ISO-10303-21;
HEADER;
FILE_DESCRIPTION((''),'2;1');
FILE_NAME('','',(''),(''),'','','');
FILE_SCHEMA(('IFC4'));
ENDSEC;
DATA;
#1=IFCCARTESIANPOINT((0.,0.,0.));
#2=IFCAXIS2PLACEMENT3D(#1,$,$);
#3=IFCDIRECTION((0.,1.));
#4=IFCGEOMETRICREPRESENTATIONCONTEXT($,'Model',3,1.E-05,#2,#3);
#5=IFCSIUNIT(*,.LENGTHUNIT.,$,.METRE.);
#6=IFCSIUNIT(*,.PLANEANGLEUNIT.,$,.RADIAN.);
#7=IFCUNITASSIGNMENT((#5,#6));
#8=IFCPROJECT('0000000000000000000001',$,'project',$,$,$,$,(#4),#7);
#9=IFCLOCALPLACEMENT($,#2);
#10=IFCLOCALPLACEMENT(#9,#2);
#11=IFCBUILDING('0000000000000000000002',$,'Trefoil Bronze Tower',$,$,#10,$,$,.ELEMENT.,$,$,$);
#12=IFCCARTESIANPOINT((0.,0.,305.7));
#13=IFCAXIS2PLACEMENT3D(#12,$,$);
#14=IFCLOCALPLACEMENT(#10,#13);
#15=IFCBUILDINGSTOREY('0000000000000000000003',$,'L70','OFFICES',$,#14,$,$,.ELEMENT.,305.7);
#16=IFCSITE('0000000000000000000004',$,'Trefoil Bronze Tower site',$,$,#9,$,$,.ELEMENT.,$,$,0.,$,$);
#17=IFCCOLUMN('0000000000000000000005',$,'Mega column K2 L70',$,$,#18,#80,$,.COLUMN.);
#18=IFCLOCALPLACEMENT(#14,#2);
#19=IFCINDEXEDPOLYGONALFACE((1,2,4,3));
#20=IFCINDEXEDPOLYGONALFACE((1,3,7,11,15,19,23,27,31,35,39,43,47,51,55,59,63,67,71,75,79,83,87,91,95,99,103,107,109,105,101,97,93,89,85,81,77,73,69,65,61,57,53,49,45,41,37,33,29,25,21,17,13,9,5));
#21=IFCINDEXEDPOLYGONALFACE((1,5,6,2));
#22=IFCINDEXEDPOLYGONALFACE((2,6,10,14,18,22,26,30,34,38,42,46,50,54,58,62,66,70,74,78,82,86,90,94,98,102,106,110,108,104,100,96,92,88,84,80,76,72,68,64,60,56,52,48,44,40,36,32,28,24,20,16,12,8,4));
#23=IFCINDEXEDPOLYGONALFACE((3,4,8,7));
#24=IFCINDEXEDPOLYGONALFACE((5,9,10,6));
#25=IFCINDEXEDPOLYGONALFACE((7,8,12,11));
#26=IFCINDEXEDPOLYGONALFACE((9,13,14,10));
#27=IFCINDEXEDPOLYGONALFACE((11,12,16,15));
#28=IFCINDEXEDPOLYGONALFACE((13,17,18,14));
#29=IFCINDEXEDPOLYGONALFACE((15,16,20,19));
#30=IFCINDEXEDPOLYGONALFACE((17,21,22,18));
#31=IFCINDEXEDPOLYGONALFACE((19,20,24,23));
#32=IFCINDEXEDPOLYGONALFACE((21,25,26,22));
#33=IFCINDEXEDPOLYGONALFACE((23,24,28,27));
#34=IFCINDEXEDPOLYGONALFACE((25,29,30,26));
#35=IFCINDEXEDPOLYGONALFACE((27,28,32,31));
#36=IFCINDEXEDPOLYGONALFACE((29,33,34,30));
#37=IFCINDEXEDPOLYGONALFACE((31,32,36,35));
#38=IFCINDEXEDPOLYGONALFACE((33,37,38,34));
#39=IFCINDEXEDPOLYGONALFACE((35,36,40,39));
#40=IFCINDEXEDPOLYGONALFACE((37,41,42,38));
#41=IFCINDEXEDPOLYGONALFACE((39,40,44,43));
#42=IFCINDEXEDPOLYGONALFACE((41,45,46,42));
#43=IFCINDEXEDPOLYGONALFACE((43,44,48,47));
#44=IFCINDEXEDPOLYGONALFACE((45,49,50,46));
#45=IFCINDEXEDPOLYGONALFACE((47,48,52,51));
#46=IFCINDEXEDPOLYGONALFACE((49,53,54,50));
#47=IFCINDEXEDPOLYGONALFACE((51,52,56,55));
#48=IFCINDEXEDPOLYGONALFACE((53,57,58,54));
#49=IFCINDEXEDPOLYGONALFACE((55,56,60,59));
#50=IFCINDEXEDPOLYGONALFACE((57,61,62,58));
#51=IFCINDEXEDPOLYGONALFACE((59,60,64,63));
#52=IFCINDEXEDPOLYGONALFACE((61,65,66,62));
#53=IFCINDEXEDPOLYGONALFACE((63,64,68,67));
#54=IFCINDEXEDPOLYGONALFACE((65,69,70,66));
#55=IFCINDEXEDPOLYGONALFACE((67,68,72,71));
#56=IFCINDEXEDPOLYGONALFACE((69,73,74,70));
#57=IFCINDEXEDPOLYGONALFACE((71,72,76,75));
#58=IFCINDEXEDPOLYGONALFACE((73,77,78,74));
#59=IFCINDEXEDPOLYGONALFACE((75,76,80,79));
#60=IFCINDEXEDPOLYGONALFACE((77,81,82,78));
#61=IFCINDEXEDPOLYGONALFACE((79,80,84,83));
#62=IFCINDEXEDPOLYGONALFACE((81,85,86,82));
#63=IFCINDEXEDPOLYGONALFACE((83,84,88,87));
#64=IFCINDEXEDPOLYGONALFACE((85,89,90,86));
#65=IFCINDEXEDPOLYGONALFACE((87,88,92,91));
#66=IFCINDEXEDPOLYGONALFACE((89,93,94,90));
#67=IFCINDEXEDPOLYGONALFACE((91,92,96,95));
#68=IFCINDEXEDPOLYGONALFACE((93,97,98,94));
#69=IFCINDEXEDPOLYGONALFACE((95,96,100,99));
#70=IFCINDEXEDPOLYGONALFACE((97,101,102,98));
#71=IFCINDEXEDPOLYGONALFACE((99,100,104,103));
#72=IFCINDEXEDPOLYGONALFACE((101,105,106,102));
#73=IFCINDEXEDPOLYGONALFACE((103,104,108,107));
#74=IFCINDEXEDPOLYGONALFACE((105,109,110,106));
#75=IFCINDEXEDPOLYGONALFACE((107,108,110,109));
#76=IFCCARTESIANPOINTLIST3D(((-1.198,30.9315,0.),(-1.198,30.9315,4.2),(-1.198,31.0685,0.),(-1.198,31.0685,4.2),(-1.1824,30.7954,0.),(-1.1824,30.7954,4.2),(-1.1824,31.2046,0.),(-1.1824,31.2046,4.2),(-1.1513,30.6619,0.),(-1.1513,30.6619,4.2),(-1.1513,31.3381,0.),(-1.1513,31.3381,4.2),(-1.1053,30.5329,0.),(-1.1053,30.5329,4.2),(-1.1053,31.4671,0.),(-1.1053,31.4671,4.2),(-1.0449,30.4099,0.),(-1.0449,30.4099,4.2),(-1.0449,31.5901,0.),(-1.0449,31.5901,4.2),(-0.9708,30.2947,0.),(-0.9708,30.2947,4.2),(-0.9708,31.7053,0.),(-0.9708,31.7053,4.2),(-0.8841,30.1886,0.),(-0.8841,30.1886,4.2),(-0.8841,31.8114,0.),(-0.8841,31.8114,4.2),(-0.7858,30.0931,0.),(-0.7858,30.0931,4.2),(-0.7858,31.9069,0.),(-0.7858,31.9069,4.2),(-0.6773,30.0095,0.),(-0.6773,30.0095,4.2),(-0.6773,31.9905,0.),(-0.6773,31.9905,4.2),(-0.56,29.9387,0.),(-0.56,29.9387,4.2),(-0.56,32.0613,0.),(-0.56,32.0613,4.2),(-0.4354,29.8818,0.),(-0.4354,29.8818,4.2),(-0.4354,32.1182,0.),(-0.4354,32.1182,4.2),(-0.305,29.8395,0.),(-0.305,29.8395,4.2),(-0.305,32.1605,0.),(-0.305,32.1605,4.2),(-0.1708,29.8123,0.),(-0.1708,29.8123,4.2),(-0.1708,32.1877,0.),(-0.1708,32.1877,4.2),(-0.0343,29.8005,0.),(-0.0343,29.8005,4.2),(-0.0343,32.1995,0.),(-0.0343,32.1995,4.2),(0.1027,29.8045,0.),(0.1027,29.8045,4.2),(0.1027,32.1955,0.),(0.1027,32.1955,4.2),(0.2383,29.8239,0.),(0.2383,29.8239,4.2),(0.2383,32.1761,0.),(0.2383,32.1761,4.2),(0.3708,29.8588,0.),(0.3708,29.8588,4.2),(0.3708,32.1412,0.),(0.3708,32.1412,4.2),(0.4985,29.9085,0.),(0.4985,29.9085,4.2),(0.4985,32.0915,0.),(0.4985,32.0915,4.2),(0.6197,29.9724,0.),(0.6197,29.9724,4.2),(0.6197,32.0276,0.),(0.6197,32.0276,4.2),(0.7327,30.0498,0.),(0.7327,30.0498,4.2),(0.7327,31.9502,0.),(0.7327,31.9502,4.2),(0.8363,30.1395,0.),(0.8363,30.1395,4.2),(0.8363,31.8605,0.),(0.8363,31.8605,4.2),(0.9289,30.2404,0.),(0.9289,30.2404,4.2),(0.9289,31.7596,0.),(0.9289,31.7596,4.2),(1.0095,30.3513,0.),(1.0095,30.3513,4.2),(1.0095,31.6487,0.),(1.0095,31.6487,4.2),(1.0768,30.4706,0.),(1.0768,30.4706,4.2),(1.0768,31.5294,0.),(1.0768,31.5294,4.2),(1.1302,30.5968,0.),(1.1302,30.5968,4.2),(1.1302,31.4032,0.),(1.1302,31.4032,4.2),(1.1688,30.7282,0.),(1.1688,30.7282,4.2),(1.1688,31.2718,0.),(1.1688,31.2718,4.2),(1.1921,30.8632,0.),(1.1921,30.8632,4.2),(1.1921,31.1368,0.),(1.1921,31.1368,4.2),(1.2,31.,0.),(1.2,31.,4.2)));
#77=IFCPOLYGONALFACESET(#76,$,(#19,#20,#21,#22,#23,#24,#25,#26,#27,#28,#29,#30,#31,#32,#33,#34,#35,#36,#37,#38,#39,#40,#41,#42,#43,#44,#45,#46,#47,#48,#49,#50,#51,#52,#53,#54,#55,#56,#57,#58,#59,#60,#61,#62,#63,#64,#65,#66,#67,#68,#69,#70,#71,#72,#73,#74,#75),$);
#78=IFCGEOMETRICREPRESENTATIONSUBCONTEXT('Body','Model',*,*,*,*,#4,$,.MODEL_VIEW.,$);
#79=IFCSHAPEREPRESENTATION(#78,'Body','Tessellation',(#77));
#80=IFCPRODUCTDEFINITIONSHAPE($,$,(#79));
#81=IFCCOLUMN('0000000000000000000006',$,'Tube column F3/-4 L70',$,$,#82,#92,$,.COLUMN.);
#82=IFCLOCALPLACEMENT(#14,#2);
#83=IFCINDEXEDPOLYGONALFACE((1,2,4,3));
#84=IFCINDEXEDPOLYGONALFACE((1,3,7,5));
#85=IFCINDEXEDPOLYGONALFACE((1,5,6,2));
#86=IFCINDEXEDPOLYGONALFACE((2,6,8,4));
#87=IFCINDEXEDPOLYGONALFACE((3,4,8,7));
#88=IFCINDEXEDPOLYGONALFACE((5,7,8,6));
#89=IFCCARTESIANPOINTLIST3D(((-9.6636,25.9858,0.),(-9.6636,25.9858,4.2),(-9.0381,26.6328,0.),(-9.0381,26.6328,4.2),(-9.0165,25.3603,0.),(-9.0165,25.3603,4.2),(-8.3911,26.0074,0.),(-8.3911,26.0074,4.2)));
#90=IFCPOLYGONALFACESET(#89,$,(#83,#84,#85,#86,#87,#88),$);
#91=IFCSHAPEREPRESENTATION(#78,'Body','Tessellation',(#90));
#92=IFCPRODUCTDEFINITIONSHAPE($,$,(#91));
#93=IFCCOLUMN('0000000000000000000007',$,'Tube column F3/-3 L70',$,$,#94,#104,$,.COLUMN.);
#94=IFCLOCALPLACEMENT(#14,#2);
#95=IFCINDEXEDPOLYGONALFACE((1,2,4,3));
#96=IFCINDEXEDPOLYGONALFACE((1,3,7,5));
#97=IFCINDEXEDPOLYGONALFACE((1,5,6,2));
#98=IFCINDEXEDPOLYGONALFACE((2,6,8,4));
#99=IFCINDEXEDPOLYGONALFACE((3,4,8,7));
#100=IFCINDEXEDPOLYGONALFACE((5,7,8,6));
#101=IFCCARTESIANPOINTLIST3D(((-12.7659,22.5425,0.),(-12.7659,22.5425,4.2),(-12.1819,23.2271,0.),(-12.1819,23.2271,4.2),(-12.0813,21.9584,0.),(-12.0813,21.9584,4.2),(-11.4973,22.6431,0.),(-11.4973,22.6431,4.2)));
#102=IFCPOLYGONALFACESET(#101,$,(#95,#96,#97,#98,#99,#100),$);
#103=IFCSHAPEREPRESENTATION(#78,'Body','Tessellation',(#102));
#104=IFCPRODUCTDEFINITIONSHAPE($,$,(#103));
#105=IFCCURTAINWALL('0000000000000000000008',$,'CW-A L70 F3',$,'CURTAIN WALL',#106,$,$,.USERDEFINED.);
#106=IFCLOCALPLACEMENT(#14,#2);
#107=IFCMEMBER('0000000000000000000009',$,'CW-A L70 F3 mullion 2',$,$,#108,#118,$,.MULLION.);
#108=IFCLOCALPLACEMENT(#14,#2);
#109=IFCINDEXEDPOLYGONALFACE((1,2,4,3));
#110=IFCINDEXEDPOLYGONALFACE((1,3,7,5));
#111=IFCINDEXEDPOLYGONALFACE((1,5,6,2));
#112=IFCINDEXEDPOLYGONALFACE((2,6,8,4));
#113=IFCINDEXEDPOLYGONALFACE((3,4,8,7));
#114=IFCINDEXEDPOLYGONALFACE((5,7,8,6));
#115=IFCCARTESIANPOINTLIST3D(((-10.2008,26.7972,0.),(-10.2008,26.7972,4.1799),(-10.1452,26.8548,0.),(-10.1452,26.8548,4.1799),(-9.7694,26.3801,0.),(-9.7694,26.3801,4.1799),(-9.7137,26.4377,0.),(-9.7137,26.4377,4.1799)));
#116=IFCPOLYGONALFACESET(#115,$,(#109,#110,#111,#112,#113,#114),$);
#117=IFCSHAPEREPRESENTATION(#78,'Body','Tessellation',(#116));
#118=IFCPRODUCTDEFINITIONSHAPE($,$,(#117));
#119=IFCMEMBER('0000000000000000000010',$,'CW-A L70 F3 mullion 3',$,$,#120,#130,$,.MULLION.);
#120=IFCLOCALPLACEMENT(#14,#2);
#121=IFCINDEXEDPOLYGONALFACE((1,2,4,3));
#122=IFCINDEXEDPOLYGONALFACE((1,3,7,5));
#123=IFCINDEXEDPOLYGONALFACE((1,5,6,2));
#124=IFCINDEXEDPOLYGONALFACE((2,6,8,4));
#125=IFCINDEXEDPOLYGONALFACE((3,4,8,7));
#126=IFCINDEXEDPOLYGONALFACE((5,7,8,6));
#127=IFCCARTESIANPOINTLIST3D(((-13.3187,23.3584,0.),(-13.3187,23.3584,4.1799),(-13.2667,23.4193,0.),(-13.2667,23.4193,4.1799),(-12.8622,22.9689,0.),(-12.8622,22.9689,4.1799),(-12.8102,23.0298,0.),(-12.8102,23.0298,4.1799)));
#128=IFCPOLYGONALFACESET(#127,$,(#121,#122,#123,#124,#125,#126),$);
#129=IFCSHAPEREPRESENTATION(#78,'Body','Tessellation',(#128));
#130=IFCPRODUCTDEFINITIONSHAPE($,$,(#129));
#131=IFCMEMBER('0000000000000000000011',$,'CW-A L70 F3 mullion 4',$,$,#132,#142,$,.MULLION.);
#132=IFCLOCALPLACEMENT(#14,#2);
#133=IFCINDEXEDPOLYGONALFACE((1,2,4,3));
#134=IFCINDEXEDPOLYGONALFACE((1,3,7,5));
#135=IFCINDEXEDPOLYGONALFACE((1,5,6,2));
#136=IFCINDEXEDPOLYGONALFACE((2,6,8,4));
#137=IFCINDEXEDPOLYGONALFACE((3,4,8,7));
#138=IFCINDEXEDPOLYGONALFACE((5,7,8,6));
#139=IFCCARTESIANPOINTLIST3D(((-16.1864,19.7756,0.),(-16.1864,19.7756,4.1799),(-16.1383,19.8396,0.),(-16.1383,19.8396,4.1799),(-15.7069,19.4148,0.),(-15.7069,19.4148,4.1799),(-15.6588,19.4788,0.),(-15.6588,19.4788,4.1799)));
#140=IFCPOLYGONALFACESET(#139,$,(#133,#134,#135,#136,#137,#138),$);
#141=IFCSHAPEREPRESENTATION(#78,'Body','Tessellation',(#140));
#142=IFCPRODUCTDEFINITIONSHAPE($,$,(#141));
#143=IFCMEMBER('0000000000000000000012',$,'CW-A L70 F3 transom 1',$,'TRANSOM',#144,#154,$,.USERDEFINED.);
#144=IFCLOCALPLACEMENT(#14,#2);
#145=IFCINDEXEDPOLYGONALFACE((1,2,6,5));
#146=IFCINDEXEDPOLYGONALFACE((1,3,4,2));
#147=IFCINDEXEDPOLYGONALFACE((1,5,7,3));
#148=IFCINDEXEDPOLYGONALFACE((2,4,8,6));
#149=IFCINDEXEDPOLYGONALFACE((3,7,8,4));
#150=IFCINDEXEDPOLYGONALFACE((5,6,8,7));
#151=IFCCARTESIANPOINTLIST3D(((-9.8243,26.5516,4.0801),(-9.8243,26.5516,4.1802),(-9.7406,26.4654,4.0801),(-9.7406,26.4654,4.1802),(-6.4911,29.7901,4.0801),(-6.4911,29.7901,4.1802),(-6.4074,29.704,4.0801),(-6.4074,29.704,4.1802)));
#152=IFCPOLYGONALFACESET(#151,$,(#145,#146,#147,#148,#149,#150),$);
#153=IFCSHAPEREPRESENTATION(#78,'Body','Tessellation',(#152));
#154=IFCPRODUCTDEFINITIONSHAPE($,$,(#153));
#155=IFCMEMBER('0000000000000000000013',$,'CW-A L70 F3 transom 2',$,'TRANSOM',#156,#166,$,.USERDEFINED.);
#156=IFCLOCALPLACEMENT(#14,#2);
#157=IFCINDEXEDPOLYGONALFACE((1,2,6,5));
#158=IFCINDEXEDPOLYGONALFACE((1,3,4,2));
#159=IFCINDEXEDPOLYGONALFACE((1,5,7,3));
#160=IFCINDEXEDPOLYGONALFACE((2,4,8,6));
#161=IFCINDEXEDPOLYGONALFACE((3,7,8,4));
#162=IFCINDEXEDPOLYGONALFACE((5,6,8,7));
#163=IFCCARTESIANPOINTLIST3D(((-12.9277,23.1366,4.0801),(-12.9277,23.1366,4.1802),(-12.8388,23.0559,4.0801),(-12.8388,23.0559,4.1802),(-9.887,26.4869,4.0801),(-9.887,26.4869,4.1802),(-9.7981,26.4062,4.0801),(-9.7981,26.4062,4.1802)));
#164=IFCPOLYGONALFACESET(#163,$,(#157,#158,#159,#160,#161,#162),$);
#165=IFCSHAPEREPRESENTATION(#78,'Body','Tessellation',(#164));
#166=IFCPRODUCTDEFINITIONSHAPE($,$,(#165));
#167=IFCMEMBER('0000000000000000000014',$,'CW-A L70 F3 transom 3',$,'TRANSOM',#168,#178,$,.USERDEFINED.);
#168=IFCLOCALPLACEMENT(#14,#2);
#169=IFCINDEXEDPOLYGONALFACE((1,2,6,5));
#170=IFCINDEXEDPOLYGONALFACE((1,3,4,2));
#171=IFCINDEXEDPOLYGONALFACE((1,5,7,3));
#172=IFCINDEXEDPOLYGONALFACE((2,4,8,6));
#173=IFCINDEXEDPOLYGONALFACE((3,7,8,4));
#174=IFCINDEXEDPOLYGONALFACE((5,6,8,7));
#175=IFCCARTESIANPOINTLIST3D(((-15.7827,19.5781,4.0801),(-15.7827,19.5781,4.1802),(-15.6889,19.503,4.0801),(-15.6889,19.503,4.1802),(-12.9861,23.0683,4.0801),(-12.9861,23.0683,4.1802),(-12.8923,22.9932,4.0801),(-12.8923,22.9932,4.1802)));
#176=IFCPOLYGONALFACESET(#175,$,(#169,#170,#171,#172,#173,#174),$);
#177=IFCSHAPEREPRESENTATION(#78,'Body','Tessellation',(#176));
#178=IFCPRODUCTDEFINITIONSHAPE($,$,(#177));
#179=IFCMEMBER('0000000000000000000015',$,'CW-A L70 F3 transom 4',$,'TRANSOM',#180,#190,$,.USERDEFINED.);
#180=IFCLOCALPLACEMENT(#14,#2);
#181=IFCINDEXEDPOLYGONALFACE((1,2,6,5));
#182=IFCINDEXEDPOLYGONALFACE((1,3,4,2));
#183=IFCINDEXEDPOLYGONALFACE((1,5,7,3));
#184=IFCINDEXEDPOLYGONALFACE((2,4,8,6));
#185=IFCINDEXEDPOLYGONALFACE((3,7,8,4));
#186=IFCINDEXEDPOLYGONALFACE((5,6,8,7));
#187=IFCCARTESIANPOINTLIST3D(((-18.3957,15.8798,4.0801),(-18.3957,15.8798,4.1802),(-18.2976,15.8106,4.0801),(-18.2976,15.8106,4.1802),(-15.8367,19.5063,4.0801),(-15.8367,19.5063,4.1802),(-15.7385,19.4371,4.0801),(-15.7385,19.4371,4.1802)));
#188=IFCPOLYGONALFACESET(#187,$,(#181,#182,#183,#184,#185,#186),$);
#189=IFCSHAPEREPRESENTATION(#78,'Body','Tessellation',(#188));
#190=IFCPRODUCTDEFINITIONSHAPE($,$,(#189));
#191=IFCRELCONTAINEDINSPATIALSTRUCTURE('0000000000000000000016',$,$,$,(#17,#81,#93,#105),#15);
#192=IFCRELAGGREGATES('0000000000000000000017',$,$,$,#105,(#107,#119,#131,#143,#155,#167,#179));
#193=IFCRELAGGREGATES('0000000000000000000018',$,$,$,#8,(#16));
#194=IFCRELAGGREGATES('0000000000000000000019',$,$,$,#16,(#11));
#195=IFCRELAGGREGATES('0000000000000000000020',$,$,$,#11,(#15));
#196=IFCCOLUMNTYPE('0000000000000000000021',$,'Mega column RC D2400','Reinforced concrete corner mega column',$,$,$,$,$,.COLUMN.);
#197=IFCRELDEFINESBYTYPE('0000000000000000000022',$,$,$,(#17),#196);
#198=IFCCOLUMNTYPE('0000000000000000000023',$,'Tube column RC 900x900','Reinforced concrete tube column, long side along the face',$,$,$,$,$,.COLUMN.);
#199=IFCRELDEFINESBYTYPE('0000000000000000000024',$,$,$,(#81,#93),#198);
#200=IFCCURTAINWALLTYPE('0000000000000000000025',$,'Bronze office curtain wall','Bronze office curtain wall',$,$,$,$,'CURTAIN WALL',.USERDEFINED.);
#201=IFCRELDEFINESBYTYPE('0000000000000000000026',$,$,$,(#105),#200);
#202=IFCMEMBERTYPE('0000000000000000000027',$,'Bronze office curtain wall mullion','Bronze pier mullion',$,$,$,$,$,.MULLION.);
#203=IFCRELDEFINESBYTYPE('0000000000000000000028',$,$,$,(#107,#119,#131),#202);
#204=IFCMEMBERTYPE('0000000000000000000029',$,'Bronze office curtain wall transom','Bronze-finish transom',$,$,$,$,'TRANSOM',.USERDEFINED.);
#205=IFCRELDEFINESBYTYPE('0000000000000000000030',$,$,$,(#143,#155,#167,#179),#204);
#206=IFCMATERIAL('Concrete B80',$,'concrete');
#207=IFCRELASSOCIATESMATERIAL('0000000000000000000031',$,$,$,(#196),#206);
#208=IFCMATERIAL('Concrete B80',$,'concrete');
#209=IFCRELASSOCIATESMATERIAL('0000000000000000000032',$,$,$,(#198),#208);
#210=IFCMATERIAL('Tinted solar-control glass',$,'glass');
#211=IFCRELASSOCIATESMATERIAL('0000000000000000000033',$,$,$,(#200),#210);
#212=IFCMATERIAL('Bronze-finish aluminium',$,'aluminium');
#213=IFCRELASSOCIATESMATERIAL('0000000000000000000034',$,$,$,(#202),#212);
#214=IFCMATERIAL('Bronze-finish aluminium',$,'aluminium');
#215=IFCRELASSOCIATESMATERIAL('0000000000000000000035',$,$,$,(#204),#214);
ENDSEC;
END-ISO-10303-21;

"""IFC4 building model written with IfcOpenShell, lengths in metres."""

from ifc_helpers import new_model, si_unit, direction, frame, origin, origin_2d, place, context, subcontext, project, spatial, rectangle, circle, extrude, material, material_profile, profile_set, type_object, element, aggregate, save


model = new_model("IFC4")

# Units and contexts
model_context = context("Model", 3, precision=1e-05, world=origin(), true_north=direction((0.0, 1.0)))
body_context = subcontext(model_context, "Body", "Model", "MODEL_VIEW")
ifc_project = project(units=[si_unit("LENGTHUNIT", "METRE"), si_unit("PLANEANGLEUNIT", "RADIAN")], contexts=[model_context])

# Site, building, storey
site_placement = place(None, origin())
site = spatial("IfcSite", under=ifc_project, at=site_placement, Name="Trefoil Bronze Tower site", CompositionType="ELEMENT", RefElevation=0.0)
building_placement = place(site_placement, origin())
building = spatial("IfcBuilding", under=site, at=building_placement, Name="Trefoil Bronze Tower", CompositionType="ELEMENT")
storey_placement = place(building_placement, frame((0.0, 0.0, 305.7)))
storey = spatial("IfcBuildingStorey", under=building, at=storey_placement, Name="L70", Description="OFFICES", CompositionType="ELEMENT", Elevation=305.7)

# Columns
ifc_material_1 = material(Name="Concrete B80", Category="concrete")
ifc_material_profile_1 = material_profile(ifc_material_1, circle(Radius=1.2, at=origin_2d()), Name="RC D2400")
ifc_profile_set_1 = profile_set([ifc_material_profile_1], Name="Concrete B80")
column_type_1 = type_object("IfcColumnType", Name="Mega column RC D2400", Description="Reinforced concrete corner mega column", PredefinedType="COLUMN", material=ifc_profile_set_1)
column_placement = place(storey_placement, frame((0.0, 31.0, 0.0), z_axis=(0.0, 0.0, 1.0), x_axis=(1.0, 0.0, 0.0)))
element("IfcColumn", 1, at=column_placement, inside=storey, type_object=column_type_1, Name="Mega column K2 L70", PredefinedType="COLUMN", context=body_context, shape_type="SweptSolid", body=[
    extrude(circle(Radius=1.2, at=origin_2d()), origin(), (0.0, 0.0, 1.0), 4.2),
])
ifc_material_2 = material(Name="Concrete B80", Category="concrete")
ifc_material_profile_2 = material_profile(ifc_material_2, rectangle(XDim=0.8999, YDim=0.8999, at=origin_2d()), Name="RC 900x900")
ifc_profile_set_2 = profile_set([ifc_material_profile_2], Name="Concrete B80")
column_type_2 = type_object("IfcColumnType", Name="Tube column RC 900x900", Description="Reinforced concrete tube column, long side along the face", PredefinedType="COLUMN", material=ifc_profile_set_2)
for number, where, z_axis, x_axis, name in (
    (2, (-9.0273, 25.9966, 0.0), (0.0, 0.0, 1.0), (-0.695009, -0.719001, 0.0), "Tube column F3/-4 L70"),
    (3, (-12.1316, 22.5928, 0.0), (0.0, 0.0, 1.0), (-0.649008, -0.760781, 0.0), "Tube column F3/-3 L70"),
):
    element("IfcColumn", number, at=place(storey_placement, frame(where, z_axis=z_axis, x_axis=x_axis)), inside=storey, type_object=column_type_2, Name=name, PredefinedType="COLUMN", context=body_context, shape_type="SweptSolid", body=[
        extrude(rectangle(XDim=0.8999, YDim=0.8999, at=origin_2d()), origin(), (0.0, 0.0, 1.0), 4.2),
    ])

# Curtain wall, members
ifc_material_3 = material(Name="Tinted solar-control glass", Category="glass")
curtain_wall_type_1 = type_object("IfcCurtainWallType", Name="Bronze office curtain wall", Description="Bronze office curtain wall", ElementType="CURTAIN WALL", PredefinedType="USERDEFINED", material=ifc_material_3)
curtain_wall_1_placement = place(storey_placement, origin())
curtain_wall_1 = element("IfcCurtainWall", 4, at=curtain_wall_1_placement, inside=storey, type_object=curtain_wall_type_1, Name="CW-A L70 F3", ObjectType="CURTAIN WALL", PredefinedType="USERDEFINED")
ifc_material_4 = material(Name="Bronze-finish aluminium", Category="aluminium")
ifc_material_profile_3 = material_profile(ifc_material_4, rectangle(XDim=0.6001, YDim=0.0801, at=origin_2d()), Name="CW-A mullion")
ifc_profile_set_3 = profile_set([ifc_material_profile_3], Name="Bronze-finish aluminium")
member_type_1 = type_object("IfcMemberType", Name="Bronze office curtain wall mullion", Description="Bronze pier mullion", PredefinedType="MULLION", material=ifc_profile_set_3)
member_1_placement = place(storey_placement, frame((-9.9573, 26.6174, 0.0), z_axis=(0.0, 0.0, 1.0), x_axis=(0.719001, -0.695009, 0.0)))
member_1 = element("IfcMember", 5, at=member_1_placement, type_object=member_type_1, Name="CW-A L70 F3 mullion 2", PredefinedType="MULLION", context=body_context, shape_type="SweptSolid", body=[
    extrude(rectangle(XDim=0.6001, YDim=0.0801, at=origin_2d()), origin(), (0.0, 0.0, 1.0), 4.1799),
])
member_2_placement = place(storey_placement, frame((-13.0645, 23.1941, 0.0), z_axis=(0.0, 0.0, 1.0), x_axis=(0.760781, -0.649008, 0.0)))
member_2 = element("IfcMember", 6, at=member_2_placement, type_object=member_type_1, Name="CW-A L70 F3 mullion 3", PredefinedType="MULLION", context=body_context, shape_type="SweptSolid", body=[
    extrude(rectangle(XDim=0.6001, YDim=0.0801, at=origin_2d()), origin(), (0.0, 0.0, 1.0), 4.1799),
])
member_3_placement = place(storey_placement, frame((-15.9226, 19.6272, 0.0), z_axis=(0.0, 0.0, 1.0), x_axis=(0.799096, -0.601203, 0.0)))
member_3 = element("IfcMember", 7, at=member_3_placement, type_object=member_type_1, Name="CW-A L70 F3 mullion 4", PredefinedType="MULLION", context=body_context, shape_type="SweptSolid", body=[
    extrude(rectangle(XDim=0.6001, YDim=0.0801, at=origin_2d()), origin(), (0.0, 0.0, 1.0), 4.1799),
])
ifc_material_5 = material(Name="Bronze-finish aluminium", Category="aluminium")
ifc_material_profile_4 = material_profile(ifc_material_5, rectangle(XDim=0.1201, YDim=0.1001, at=origin_2d()), Name="CW-A transom")
ifc_profile_set_4 = profile_set([ifc_material_profile_4], Name="Bronze-finish aluminium")
member_type_2 = type_object("IfcMemberType", Name="Bronze office curtain wall transom", Description="Bronze-finish transom", ElementType="TRANSOM", PredefinedType="USERDEFINED", material=ifc_profile_set_4)
member_4_placement = place(storey_placement, frame((-6.4492, 29.7471, 4.1301), z_axis=(-0.717225, -0.696842, 0.0), x_axis=(0.696842, -0.717225, 0.0)))
member_4 = element("IfcMember", 8, at=member_4_placement, type_object=member_type_2, Name="CW-A L70 F3 transom 1", ObjectType="TRANSOM", PredefinedType="USERDEFINED", context=body_context, shape_type="SweptSolid", body=[
    extrude(rectangle(XDim=0.1201, YDim=0.1001, at=origin_2d()), origin(), (0.0, 0.0, 1.0), 4.6475),
])
member_5_placement = place(storey_placement, frame((-9.8425, 26.4465, 4.1301), z_axis=(-0.672068, -0.740489, 0.0), x_axis=(0.740489, -0.672068, 0.0)))
member_5 = element("IfcMember", 9, at=member_5_placement, type_object=member_type_2, Name="CW-A L70 F3 transom 2", ObjectType="TRANSOM", PredefinedType="USERDEFINED", context=body_context, shape_type="SweptSolid", body=[
    extrude(rectangle(XDim=0.1201, YDim=0.1001, at=origin_2d()), origin(), (0.0, 0.0, 1.0), 4.5244),
])
member_6_placement = place(storey_placement, frame((-12.9392, 23.0308, 4.1301), z_axis=(-0.625301, -0.780384, 0.0), x_axis=(0.780384, -0.625301, 0.0)))
member_6 = element("IfcMember", 10, at=member_6_placement, type_object=member_type_2, Name="CW-A L70 F3 transom 3", ObjectType="TRANSOM", PredefinedType="USERDEFINED", context=body_context, shape_type="SweptSolid", body=[
    extrude(rectangle(XDim=0.1201, YDim=0.1001, at=origin_2d()), origin(), (0.0, 0.0, 1.0), 4.4724),
])
member_7_placement = place(storey_placement, frame((-15.7876, 19.4717, 4.1301), z_axis=(-0.576567, -0.81705, 0.0), x_axis=(0.81705, -0.576567, 0.0)))
member_7 = element("IfcMember", 11, at=member_7_placement, type_object=member_type_2, Name="CW-A L70 F3 transom 4", ObjectType="TRANSOM", PredefinedType="USERDEFINED", context=body_context, shape_type="SweptSolid", body=[
    extrude(rectangle(XDim=0.1201, YDim=0.1001, at=origin_2d()), origin(), (0.0, 0.0, 1.0), 4.4385),
])

aggregate(curtain_wall_1, [member_1, member_2, member_3, member_4, member_5, member_6, member_7])

save(model, "model.ifc")
